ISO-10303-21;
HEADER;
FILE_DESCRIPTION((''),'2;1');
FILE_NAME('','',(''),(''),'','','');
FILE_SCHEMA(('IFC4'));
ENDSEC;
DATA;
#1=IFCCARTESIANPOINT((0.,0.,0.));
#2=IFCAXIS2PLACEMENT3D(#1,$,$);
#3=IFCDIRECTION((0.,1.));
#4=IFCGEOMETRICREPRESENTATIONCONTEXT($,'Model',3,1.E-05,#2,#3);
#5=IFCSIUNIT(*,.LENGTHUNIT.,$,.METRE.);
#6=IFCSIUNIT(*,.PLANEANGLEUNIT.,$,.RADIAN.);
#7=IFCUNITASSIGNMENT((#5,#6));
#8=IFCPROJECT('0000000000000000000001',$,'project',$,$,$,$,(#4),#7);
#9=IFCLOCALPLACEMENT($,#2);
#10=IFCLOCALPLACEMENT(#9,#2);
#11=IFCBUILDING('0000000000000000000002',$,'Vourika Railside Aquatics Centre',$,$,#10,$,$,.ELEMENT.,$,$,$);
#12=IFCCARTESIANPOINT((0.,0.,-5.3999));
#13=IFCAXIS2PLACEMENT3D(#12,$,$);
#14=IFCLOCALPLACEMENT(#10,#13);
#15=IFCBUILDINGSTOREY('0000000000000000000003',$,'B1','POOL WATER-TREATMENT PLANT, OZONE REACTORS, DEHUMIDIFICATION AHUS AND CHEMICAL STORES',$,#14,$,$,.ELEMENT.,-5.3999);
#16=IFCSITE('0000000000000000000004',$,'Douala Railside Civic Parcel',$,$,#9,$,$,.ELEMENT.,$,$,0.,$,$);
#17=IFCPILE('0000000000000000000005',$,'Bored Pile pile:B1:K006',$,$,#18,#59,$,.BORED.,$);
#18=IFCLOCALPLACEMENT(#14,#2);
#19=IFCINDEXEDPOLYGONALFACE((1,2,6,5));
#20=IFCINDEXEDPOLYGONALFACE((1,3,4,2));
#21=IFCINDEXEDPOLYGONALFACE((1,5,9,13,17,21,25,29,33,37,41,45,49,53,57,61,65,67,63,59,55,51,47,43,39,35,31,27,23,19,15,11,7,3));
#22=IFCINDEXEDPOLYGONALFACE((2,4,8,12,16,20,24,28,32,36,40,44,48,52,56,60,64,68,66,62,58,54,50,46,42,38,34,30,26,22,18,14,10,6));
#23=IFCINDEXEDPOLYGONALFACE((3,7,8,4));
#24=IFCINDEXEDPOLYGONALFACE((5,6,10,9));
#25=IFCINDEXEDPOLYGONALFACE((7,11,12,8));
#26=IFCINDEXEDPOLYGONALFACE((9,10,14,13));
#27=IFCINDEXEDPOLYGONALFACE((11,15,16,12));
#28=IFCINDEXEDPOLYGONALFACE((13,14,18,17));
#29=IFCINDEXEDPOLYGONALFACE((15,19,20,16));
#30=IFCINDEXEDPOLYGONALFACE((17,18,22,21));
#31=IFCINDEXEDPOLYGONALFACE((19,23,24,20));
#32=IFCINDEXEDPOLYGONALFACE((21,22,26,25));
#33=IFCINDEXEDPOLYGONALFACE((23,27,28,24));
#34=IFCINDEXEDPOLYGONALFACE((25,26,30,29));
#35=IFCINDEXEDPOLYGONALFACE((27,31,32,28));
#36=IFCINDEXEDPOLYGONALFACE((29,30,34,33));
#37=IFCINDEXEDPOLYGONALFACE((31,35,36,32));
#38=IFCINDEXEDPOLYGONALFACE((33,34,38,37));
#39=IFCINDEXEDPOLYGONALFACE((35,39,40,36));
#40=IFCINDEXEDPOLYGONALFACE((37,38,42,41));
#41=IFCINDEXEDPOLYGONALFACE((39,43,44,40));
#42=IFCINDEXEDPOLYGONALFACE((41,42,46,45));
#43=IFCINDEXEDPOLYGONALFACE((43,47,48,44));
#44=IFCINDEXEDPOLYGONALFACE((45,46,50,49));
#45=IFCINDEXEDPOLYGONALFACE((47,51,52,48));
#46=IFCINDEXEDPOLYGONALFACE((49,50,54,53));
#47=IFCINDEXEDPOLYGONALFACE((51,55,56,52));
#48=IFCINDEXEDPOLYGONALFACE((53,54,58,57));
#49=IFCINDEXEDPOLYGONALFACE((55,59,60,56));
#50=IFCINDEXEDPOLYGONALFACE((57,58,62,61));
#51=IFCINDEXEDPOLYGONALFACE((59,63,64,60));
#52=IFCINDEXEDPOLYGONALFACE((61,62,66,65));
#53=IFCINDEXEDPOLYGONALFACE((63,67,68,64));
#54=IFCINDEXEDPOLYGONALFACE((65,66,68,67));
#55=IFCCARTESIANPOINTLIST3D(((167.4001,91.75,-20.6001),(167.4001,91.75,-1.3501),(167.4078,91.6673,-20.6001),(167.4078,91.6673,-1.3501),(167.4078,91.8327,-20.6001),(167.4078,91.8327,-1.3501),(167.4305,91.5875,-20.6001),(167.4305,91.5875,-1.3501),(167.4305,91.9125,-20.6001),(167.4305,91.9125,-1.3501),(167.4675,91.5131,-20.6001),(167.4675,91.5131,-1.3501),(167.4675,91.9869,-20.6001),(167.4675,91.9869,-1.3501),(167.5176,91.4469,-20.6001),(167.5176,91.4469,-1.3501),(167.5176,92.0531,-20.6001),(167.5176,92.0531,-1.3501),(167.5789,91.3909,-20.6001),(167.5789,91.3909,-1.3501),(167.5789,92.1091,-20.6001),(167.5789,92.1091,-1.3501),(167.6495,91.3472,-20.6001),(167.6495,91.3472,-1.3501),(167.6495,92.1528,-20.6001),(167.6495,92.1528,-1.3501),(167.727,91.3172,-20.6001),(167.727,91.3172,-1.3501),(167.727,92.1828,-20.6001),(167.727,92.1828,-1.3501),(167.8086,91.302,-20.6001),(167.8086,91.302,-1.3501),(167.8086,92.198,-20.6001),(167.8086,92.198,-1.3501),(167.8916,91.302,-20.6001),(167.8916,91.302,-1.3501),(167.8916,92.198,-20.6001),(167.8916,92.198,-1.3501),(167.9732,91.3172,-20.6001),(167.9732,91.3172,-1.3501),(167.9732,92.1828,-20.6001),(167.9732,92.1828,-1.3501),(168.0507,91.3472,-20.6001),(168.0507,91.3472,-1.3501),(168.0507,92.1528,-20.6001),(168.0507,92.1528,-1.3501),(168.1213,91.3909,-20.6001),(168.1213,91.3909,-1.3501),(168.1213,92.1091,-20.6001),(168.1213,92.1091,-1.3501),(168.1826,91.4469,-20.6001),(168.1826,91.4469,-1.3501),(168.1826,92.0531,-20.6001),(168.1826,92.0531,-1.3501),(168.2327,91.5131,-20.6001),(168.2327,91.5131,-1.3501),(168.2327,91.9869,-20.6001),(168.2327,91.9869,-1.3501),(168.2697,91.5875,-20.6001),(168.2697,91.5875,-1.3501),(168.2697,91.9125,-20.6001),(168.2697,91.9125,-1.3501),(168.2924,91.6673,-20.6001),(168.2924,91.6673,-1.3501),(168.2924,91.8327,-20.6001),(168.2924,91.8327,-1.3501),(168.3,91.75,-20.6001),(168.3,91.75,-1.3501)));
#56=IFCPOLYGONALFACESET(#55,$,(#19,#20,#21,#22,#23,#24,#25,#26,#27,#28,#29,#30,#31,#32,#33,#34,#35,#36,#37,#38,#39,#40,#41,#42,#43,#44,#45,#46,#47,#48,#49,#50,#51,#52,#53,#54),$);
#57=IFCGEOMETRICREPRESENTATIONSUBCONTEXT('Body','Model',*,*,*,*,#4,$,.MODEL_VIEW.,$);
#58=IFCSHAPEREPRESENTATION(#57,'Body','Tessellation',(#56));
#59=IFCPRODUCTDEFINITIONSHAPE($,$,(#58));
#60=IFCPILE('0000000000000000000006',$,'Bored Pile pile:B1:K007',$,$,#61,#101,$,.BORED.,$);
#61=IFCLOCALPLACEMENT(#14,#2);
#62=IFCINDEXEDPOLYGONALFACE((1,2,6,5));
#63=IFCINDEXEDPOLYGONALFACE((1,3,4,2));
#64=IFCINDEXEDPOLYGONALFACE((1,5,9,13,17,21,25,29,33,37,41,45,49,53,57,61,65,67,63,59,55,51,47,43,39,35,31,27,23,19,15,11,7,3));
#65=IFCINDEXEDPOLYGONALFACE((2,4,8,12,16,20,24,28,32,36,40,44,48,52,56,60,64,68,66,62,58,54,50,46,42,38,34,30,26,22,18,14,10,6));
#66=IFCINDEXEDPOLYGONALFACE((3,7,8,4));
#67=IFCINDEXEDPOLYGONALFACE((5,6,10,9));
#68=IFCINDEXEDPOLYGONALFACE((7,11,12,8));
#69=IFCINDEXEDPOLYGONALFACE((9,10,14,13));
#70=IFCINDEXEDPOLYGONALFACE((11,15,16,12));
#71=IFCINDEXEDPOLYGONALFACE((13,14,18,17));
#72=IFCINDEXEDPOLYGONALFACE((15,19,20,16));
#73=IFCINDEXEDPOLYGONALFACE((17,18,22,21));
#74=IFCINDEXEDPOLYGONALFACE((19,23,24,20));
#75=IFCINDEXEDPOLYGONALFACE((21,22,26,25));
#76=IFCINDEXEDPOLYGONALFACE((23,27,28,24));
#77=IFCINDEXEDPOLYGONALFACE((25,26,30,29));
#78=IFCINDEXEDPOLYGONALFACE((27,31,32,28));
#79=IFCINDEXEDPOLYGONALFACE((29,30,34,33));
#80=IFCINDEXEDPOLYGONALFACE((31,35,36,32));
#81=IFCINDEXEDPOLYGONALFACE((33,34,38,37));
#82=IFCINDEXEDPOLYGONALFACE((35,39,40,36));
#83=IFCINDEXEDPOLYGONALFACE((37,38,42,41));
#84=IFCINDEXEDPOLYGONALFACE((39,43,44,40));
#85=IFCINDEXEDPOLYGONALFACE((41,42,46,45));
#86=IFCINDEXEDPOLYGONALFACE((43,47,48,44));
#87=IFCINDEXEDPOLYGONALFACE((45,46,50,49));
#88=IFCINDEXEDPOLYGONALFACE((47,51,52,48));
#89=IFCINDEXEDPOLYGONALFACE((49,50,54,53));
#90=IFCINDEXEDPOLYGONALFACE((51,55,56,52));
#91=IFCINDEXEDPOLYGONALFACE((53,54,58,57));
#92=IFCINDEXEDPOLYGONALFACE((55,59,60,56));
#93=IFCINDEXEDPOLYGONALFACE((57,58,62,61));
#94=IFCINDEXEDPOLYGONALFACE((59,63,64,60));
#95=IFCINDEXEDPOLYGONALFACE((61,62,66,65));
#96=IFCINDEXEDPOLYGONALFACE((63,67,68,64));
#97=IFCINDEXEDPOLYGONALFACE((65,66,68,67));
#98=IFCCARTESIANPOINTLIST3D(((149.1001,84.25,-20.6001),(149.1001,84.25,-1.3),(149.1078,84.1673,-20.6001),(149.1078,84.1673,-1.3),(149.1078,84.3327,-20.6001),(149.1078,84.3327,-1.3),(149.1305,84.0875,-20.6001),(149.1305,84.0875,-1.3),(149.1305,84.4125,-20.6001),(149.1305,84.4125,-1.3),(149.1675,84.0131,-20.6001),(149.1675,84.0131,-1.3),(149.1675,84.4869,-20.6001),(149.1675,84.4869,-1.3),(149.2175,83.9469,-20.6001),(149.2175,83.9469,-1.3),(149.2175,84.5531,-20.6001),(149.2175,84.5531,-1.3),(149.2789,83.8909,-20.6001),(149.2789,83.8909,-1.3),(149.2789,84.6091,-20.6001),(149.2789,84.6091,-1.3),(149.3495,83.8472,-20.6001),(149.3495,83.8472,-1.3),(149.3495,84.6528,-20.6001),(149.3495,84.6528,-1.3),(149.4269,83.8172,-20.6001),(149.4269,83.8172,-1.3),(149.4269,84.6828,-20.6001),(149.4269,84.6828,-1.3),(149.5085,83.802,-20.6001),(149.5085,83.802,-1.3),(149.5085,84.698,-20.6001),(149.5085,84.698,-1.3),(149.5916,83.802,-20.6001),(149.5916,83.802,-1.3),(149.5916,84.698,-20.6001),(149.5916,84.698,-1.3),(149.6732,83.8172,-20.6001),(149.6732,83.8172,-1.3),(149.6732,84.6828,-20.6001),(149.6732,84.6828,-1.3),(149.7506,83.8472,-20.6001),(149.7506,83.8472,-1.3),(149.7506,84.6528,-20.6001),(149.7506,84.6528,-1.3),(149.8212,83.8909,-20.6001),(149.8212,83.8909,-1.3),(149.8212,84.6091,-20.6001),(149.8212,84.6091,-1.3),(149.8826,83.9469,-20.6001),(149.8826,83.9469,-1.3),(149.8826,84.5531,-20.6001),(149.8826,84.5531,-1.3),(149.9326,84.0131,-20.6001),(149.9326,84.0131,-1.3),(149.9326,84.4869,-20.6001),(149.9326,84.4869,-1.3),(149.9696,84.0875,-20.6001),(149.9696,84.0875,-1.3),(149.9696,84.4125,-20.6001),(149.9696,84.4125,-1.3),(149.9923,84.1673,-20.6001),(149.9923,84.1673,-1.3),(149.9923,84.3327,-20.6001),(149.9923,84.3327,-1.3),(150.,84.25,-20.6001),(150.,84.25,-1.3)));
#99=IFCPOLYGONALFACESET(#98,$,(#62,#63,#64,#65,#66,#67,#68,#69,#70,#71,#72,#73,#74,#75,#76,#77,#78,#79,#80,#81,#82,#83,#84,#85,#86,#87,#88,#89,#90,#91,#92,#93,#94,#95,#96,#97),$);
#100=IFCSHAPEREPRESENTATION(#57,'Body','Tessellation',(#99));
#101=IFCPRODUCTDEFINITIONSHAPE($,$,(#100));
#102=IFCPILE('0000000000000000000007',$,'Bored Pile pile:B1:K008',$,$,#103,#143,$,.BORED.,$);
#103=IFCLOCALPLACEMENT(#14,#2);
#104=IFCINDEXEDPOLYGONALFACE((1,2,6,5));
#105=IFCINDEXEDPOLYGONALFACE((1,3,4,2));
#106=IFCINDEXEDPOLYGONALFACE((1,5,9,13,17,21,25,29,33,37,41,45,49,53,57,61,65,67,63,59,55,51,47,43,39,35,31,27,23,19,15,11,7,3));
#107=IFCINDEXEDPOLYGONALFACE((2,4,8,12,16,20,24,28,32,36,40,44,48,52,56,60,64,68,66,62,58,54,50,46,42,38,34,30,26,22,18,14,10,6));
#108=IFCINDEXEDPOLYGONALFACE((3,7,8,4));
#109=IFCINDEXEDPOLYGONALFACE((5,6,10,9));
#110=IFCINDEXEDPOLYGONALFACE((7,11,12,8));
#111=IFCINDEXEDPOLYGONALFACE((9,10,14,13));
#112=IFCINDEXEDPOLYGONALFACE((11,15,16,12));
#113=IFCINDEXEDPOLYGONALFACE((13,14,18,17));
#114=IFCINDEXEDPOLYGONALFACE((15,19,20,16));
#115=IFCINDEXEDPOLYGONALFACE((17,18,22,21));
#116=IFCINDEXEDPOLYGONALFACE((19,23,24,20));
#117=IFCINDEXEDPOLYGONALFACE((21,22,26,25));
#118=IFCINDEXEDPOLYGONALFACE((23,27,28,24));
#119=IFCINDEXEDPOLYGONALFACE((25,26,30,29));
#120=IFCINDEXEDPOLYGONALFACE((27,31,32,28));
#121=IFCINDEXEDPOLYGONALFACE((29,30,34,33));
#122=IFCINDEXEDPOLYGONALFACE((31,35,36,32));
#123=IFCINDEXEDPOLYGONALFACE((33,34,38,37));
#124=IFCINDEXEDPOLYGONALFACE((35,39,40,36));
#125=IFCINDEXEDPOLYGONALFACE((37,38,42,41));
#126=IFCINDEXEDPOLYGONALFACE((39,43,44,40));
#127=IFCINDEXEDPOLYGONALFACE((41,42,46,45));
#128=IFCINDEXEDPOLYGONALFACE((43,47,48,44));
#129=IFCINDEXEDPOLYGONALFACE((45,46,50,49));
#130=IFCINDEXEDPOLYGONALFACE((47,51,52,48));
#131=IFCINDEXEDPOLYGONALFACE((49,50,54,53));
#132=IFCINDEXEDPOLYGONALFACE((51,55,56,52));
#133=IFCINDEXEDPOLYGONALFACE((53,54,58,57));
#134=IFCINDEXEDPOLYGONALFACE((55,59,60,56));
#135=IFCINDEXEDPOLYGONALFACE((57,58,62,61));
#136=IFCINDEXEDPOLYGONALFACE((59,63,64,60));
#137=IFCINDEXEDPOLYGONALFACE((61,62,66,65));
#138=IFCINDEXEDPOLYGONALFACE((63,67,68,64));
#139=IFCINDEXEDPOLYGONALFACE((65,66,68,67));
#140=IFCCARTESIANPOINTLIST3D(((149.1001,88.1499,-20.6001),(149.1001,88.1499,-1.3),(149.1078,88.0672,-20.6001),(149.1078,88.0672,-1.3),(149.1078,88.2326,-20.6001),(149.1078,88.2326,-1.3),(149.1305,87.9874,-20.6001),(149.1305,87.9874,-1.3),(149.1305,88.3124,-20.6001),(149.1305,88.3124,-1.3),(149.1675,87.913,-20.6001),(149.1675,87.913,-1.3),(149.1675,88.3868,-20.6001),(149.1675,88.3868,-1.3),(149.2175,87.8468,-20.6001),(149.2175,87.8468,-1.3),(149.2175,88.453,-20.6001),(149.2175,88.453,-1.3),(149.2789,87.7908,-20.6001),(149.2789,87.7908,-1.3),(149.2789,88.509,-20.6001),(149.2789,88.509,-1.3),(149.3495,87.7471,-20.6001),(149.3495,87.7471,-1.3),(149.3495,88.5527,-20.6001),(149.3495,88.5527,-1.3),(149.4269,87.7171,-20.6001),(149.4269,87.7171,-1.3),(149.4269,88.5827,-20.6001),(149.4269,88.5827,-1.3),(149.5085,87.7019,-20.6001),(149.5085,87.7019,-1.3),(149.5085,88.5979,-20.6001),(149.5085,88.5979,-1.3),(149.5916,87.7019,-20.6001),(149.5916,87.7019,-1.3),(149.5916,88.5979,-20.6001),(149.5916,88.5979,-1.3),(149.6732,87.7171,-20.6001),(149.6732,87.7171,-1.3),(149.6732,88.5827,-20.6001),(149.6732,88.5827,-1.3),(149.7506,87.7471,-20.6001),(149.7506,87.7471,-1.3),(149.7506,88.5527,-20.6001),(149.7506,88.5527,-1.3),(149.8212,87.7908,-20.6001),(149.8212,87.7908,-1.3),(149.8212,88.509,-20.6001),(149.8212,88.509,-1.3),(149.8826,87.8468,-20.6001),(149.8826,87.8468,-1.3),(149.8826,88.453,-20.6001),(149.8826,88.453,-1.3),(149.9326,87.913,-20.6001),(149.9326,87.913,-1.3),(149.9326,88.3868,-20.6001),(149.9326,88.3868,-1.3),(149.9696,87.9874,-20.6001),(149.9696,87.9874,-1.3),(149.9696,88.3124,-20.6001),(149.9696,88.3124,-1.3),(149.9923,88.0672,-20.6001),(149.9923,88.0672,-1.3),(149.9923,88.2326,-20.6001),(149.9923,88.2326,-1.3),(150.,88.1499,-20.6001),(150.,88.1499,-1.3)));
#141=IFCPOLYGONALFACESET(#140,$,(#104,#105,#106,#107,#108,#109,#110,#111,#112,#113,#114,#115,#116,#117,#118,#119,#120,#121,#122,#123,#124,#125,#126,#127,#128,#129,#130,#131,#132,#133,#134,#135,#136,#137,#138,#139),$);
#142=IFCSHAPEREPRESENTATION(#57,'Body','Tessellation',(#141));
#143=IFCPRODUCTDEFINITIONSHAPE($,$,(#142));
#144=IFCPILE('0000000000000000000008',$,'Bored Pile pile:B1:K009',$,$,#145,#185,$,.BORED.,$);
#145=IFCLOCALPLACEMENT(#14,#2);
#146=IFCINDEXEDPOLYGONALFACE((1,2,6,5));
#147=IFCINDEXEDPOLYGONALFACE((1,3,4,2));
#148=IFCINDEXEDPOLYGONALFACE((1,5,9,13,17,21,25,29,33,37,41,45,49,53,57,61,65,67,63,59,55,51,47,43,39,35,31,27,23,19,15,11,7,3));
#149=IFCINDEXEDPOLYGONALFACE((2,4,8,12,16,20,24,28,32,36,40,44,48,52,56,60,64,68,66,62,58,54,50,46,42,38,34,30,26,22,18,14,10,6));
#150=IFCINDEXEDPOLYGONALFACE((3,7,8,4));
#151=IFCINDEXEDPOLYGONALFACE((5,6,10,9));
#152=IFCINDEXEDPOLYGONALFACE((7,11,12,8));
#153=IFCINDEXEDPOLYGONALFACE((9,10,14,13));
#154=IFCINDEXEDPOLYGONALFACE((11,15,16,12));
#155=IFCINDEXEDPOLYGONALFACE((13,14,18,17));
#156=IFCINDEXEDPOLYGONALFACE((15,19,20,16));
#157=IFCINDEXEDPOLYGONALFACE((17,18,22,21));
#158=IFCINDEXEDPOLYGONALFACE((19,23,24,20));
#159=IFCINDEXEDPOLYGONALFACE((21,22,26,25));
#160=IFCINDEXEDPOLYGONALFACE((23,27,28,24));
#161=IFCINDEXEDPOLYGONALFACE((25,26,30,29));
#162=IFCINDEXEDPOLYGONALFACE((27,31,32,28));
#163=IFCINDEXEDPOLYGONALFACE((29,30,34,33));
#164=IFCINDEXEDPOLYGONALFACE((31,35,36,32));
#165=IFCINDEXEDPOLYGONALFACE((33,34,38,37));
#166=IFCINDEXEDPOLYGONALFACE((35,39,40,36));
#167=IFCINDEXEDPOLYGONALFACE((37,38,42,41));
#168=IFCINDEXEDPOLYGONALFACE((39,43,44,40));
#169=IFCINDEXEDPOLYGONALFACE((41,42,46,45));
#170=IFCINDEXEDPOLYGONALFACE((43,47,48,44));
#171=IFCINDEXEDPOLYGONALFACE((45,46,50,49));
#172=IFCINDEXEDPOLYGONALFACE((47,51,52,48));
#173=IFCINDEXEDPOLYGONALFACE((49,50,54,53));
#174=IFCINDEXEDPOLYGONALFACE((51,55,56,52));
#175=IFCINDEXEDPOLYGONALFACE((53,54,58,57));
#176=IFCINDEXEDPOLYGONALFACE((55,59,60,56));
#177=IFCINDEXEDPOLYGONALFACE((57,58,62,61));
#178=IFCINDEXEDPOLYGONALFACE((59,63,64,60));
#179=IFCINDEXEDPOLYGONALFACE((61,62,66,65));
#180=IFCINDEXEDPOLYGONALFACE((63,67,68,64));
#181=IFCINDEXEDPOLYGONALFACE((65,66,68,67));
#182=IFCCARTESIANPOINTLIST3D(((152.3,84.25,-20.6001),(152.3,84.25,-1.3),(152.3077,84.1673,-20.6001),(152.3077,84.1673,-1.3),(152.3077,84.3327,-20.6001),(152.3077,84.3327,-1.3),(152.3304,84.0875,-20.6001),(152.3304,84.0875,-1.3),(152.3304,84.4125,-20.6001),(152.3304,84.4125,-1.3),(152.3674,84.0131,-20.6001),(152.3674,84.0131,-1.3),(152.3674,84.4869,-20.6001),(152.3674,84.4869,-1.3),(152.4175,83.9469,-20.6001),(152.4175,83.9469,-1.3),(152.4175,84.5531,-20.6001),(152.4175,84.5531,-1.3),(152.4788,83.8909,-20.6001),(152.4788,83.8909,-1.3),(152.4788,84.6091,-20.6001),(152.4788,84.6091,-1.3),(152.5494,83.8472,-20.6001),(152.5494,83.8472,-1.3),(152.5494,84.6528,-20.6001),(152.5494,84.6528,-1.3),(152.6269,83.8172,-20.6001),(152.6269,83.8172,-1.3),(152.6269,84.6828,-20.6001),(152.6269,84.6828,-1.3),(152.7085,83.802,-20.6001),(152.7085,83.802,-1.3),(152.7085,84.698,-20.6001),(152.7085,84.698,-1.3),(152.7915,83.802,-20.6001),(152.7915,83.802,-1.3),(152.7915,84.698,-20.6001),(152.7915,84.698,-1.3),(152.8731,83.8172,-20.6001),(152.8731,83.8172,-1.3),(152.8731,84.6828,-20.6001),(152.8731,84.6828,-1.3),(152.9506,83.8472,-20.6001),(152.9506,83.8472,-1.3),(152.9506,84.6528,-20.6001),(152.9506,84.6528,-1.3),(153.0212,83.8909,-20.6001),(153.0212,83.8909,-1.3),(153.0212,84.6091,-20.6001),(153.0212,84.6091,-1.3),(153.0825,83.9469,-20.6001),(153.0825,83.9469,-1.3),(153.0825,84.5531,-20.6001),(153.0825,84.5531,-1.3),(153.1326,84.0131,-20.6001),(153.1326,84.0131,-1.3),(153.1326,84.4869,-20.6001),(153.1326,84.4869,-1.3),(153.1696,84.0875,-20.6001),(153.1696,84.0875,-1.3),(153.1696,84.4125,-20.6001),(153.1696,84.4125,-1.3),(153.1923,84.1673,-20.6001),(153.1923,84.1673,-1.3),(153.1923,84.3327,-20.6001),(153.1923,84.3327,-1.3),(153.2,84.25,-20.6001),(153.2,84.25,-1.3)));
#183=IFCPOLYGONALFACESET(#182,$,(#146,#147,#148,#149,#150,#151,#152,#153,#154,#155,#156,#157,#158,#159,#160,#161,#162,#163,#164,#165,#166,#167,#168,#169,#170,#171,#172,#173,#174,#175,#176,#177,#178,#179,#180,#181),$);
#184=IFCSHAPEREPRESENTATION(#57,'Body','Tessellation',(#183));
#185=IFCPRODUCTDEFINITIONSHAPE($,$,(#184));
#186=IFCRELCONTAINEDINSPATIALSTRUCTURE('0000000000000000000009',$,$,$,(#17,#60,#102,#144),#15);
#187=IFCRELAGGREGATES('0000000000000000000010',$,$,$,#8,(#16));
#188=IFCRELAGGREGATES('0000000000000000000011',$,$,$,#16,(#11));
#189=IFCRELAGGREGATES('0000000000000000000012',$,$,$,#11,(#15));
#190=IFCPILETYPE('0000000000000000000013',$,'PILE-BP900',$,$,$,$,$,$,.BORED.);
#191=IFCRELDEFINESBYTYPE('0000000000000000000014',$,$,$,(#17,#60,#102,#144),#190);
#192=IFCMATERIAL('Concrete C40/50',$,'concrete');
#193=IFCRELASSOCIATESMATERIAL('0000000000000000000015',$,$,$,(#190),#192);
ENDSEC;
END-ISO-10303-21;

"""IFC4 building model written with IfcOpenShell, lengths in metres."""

from ifc_helpers import new_model, si_unit, direction, frame, origin, origin_2d, place, context, subcontext, project, spatial, circle, extrude, material, material_profile, profile_set, type_object, element, save


model = new_model("IFC4")

# Units and contexts
model_context = context("Model", 3, precision=1e-05, world=origin(), true_north=direction((0.0, 1.0)))
body_context = subcontext(model_context, "Body", "Model", "MODEL_VIEW")
ifc_project = project(units=[si_unit("LENGTHUNIT", "METRE"), si_unit("PLANEANGLEUNIT", "RADIAN")], contexts=[model_context])

# Site, building, storey
site_placement = place(None, origin())
site = spatial("IfcSite", under=ifc_project, at=site_placement, Name="Douala Railside Civic Parcel", CompositionType="ELEMENT", RefElevation=0.0)
building_placement = place(site_placement, origin())
building = spatial("IfcBuilding", under=site, at=building_placement, Name="Vourika Railside Aquatics Centre", CompositionType="ELEMENT")
storey_placement = place(building_placement, frame((0.0, 0.0, -5.3999)))
storey = spatial("IfcBuildingStorey", under=building, at=storey_placement, Name="B1", Description="POOL WATER-TREATMENT PLANT, OZONE REACTORS, DEHUMIDIFICATION AHUS AND CHEMICAL STORES", CompositionType="ELEMENT", Elevation=-5.3999)

# Shared definitions
ifc_material = material(Name="Concrete C40/50", Category="concrete")

# Piles
ifc_material_profile_1 = material_profile(ifc_material, circle(Radius=0.45, at=origin_2d()), Name="BP 900")
ifc_profile_set_1 = profile_set([ifc_material_profile_1], Name="Concrete C40/50")
pile_type_1 = type_object("IfcPileType", Name="PILE-BP900", PredefinedType="BORED", material=ifc_profile_set_1)
for number, where, z_axis, x_axis, name in (
    (1, (167.8501, 91.75, -1.3501), (0.0, 0.0, -1.0), (1.0, 0.0, 0.0), "Bored Pile pile:B1:K006"),
):
    element("IfcPile", number, at=place(storey_placement, frame(where, z_axis=z_axis, x_axis=x_axis)), inside=storey, type_object=pile_type_1, Name=name, PredefinedType="BORED", context=body_context, shape_type="SweptSolid", body=[
        extrude(circle(Radius=0.45, at=origin_2d()), origin(), (0.0, 0.0, 1.0), 19.25),
    ])
for number, where, z_axis, x_axis, name in (
    (2, (149.55, 84.25, -1.3), (0.0, 0.0, -1.0), (1.0, 0.0, 0.0), "Bored Pile pile:B1:K007"),
    (3, (149.55, 88.1499, -1.3), (0.0, 0.0, -1.0), (1.0, 0.0, 0.0), "Bored Pile pile:B1:K008"),
    (4, (152.75, 84.25, -1.3), (0.0, 0.0, -1.0), (1.0, 0.0, 0.0), "Bored Pile pile:B1:K009"),
):
    element("IfcPile", number, at=place(storey_placement, frame(where, z_axis=z_axis, x_axis=x_axis)), inside=storey, type_object=pile_type_1, Name=name, PredefinedType="BORED", context=body_context, shape_type="SweptSolid", body=[
        extrude(circle(Radius=0.45, at=origin_2d()), origin(), (0.0, 0.0, 1.0), 19.3),
    ])

save(model, "model.ifc")
